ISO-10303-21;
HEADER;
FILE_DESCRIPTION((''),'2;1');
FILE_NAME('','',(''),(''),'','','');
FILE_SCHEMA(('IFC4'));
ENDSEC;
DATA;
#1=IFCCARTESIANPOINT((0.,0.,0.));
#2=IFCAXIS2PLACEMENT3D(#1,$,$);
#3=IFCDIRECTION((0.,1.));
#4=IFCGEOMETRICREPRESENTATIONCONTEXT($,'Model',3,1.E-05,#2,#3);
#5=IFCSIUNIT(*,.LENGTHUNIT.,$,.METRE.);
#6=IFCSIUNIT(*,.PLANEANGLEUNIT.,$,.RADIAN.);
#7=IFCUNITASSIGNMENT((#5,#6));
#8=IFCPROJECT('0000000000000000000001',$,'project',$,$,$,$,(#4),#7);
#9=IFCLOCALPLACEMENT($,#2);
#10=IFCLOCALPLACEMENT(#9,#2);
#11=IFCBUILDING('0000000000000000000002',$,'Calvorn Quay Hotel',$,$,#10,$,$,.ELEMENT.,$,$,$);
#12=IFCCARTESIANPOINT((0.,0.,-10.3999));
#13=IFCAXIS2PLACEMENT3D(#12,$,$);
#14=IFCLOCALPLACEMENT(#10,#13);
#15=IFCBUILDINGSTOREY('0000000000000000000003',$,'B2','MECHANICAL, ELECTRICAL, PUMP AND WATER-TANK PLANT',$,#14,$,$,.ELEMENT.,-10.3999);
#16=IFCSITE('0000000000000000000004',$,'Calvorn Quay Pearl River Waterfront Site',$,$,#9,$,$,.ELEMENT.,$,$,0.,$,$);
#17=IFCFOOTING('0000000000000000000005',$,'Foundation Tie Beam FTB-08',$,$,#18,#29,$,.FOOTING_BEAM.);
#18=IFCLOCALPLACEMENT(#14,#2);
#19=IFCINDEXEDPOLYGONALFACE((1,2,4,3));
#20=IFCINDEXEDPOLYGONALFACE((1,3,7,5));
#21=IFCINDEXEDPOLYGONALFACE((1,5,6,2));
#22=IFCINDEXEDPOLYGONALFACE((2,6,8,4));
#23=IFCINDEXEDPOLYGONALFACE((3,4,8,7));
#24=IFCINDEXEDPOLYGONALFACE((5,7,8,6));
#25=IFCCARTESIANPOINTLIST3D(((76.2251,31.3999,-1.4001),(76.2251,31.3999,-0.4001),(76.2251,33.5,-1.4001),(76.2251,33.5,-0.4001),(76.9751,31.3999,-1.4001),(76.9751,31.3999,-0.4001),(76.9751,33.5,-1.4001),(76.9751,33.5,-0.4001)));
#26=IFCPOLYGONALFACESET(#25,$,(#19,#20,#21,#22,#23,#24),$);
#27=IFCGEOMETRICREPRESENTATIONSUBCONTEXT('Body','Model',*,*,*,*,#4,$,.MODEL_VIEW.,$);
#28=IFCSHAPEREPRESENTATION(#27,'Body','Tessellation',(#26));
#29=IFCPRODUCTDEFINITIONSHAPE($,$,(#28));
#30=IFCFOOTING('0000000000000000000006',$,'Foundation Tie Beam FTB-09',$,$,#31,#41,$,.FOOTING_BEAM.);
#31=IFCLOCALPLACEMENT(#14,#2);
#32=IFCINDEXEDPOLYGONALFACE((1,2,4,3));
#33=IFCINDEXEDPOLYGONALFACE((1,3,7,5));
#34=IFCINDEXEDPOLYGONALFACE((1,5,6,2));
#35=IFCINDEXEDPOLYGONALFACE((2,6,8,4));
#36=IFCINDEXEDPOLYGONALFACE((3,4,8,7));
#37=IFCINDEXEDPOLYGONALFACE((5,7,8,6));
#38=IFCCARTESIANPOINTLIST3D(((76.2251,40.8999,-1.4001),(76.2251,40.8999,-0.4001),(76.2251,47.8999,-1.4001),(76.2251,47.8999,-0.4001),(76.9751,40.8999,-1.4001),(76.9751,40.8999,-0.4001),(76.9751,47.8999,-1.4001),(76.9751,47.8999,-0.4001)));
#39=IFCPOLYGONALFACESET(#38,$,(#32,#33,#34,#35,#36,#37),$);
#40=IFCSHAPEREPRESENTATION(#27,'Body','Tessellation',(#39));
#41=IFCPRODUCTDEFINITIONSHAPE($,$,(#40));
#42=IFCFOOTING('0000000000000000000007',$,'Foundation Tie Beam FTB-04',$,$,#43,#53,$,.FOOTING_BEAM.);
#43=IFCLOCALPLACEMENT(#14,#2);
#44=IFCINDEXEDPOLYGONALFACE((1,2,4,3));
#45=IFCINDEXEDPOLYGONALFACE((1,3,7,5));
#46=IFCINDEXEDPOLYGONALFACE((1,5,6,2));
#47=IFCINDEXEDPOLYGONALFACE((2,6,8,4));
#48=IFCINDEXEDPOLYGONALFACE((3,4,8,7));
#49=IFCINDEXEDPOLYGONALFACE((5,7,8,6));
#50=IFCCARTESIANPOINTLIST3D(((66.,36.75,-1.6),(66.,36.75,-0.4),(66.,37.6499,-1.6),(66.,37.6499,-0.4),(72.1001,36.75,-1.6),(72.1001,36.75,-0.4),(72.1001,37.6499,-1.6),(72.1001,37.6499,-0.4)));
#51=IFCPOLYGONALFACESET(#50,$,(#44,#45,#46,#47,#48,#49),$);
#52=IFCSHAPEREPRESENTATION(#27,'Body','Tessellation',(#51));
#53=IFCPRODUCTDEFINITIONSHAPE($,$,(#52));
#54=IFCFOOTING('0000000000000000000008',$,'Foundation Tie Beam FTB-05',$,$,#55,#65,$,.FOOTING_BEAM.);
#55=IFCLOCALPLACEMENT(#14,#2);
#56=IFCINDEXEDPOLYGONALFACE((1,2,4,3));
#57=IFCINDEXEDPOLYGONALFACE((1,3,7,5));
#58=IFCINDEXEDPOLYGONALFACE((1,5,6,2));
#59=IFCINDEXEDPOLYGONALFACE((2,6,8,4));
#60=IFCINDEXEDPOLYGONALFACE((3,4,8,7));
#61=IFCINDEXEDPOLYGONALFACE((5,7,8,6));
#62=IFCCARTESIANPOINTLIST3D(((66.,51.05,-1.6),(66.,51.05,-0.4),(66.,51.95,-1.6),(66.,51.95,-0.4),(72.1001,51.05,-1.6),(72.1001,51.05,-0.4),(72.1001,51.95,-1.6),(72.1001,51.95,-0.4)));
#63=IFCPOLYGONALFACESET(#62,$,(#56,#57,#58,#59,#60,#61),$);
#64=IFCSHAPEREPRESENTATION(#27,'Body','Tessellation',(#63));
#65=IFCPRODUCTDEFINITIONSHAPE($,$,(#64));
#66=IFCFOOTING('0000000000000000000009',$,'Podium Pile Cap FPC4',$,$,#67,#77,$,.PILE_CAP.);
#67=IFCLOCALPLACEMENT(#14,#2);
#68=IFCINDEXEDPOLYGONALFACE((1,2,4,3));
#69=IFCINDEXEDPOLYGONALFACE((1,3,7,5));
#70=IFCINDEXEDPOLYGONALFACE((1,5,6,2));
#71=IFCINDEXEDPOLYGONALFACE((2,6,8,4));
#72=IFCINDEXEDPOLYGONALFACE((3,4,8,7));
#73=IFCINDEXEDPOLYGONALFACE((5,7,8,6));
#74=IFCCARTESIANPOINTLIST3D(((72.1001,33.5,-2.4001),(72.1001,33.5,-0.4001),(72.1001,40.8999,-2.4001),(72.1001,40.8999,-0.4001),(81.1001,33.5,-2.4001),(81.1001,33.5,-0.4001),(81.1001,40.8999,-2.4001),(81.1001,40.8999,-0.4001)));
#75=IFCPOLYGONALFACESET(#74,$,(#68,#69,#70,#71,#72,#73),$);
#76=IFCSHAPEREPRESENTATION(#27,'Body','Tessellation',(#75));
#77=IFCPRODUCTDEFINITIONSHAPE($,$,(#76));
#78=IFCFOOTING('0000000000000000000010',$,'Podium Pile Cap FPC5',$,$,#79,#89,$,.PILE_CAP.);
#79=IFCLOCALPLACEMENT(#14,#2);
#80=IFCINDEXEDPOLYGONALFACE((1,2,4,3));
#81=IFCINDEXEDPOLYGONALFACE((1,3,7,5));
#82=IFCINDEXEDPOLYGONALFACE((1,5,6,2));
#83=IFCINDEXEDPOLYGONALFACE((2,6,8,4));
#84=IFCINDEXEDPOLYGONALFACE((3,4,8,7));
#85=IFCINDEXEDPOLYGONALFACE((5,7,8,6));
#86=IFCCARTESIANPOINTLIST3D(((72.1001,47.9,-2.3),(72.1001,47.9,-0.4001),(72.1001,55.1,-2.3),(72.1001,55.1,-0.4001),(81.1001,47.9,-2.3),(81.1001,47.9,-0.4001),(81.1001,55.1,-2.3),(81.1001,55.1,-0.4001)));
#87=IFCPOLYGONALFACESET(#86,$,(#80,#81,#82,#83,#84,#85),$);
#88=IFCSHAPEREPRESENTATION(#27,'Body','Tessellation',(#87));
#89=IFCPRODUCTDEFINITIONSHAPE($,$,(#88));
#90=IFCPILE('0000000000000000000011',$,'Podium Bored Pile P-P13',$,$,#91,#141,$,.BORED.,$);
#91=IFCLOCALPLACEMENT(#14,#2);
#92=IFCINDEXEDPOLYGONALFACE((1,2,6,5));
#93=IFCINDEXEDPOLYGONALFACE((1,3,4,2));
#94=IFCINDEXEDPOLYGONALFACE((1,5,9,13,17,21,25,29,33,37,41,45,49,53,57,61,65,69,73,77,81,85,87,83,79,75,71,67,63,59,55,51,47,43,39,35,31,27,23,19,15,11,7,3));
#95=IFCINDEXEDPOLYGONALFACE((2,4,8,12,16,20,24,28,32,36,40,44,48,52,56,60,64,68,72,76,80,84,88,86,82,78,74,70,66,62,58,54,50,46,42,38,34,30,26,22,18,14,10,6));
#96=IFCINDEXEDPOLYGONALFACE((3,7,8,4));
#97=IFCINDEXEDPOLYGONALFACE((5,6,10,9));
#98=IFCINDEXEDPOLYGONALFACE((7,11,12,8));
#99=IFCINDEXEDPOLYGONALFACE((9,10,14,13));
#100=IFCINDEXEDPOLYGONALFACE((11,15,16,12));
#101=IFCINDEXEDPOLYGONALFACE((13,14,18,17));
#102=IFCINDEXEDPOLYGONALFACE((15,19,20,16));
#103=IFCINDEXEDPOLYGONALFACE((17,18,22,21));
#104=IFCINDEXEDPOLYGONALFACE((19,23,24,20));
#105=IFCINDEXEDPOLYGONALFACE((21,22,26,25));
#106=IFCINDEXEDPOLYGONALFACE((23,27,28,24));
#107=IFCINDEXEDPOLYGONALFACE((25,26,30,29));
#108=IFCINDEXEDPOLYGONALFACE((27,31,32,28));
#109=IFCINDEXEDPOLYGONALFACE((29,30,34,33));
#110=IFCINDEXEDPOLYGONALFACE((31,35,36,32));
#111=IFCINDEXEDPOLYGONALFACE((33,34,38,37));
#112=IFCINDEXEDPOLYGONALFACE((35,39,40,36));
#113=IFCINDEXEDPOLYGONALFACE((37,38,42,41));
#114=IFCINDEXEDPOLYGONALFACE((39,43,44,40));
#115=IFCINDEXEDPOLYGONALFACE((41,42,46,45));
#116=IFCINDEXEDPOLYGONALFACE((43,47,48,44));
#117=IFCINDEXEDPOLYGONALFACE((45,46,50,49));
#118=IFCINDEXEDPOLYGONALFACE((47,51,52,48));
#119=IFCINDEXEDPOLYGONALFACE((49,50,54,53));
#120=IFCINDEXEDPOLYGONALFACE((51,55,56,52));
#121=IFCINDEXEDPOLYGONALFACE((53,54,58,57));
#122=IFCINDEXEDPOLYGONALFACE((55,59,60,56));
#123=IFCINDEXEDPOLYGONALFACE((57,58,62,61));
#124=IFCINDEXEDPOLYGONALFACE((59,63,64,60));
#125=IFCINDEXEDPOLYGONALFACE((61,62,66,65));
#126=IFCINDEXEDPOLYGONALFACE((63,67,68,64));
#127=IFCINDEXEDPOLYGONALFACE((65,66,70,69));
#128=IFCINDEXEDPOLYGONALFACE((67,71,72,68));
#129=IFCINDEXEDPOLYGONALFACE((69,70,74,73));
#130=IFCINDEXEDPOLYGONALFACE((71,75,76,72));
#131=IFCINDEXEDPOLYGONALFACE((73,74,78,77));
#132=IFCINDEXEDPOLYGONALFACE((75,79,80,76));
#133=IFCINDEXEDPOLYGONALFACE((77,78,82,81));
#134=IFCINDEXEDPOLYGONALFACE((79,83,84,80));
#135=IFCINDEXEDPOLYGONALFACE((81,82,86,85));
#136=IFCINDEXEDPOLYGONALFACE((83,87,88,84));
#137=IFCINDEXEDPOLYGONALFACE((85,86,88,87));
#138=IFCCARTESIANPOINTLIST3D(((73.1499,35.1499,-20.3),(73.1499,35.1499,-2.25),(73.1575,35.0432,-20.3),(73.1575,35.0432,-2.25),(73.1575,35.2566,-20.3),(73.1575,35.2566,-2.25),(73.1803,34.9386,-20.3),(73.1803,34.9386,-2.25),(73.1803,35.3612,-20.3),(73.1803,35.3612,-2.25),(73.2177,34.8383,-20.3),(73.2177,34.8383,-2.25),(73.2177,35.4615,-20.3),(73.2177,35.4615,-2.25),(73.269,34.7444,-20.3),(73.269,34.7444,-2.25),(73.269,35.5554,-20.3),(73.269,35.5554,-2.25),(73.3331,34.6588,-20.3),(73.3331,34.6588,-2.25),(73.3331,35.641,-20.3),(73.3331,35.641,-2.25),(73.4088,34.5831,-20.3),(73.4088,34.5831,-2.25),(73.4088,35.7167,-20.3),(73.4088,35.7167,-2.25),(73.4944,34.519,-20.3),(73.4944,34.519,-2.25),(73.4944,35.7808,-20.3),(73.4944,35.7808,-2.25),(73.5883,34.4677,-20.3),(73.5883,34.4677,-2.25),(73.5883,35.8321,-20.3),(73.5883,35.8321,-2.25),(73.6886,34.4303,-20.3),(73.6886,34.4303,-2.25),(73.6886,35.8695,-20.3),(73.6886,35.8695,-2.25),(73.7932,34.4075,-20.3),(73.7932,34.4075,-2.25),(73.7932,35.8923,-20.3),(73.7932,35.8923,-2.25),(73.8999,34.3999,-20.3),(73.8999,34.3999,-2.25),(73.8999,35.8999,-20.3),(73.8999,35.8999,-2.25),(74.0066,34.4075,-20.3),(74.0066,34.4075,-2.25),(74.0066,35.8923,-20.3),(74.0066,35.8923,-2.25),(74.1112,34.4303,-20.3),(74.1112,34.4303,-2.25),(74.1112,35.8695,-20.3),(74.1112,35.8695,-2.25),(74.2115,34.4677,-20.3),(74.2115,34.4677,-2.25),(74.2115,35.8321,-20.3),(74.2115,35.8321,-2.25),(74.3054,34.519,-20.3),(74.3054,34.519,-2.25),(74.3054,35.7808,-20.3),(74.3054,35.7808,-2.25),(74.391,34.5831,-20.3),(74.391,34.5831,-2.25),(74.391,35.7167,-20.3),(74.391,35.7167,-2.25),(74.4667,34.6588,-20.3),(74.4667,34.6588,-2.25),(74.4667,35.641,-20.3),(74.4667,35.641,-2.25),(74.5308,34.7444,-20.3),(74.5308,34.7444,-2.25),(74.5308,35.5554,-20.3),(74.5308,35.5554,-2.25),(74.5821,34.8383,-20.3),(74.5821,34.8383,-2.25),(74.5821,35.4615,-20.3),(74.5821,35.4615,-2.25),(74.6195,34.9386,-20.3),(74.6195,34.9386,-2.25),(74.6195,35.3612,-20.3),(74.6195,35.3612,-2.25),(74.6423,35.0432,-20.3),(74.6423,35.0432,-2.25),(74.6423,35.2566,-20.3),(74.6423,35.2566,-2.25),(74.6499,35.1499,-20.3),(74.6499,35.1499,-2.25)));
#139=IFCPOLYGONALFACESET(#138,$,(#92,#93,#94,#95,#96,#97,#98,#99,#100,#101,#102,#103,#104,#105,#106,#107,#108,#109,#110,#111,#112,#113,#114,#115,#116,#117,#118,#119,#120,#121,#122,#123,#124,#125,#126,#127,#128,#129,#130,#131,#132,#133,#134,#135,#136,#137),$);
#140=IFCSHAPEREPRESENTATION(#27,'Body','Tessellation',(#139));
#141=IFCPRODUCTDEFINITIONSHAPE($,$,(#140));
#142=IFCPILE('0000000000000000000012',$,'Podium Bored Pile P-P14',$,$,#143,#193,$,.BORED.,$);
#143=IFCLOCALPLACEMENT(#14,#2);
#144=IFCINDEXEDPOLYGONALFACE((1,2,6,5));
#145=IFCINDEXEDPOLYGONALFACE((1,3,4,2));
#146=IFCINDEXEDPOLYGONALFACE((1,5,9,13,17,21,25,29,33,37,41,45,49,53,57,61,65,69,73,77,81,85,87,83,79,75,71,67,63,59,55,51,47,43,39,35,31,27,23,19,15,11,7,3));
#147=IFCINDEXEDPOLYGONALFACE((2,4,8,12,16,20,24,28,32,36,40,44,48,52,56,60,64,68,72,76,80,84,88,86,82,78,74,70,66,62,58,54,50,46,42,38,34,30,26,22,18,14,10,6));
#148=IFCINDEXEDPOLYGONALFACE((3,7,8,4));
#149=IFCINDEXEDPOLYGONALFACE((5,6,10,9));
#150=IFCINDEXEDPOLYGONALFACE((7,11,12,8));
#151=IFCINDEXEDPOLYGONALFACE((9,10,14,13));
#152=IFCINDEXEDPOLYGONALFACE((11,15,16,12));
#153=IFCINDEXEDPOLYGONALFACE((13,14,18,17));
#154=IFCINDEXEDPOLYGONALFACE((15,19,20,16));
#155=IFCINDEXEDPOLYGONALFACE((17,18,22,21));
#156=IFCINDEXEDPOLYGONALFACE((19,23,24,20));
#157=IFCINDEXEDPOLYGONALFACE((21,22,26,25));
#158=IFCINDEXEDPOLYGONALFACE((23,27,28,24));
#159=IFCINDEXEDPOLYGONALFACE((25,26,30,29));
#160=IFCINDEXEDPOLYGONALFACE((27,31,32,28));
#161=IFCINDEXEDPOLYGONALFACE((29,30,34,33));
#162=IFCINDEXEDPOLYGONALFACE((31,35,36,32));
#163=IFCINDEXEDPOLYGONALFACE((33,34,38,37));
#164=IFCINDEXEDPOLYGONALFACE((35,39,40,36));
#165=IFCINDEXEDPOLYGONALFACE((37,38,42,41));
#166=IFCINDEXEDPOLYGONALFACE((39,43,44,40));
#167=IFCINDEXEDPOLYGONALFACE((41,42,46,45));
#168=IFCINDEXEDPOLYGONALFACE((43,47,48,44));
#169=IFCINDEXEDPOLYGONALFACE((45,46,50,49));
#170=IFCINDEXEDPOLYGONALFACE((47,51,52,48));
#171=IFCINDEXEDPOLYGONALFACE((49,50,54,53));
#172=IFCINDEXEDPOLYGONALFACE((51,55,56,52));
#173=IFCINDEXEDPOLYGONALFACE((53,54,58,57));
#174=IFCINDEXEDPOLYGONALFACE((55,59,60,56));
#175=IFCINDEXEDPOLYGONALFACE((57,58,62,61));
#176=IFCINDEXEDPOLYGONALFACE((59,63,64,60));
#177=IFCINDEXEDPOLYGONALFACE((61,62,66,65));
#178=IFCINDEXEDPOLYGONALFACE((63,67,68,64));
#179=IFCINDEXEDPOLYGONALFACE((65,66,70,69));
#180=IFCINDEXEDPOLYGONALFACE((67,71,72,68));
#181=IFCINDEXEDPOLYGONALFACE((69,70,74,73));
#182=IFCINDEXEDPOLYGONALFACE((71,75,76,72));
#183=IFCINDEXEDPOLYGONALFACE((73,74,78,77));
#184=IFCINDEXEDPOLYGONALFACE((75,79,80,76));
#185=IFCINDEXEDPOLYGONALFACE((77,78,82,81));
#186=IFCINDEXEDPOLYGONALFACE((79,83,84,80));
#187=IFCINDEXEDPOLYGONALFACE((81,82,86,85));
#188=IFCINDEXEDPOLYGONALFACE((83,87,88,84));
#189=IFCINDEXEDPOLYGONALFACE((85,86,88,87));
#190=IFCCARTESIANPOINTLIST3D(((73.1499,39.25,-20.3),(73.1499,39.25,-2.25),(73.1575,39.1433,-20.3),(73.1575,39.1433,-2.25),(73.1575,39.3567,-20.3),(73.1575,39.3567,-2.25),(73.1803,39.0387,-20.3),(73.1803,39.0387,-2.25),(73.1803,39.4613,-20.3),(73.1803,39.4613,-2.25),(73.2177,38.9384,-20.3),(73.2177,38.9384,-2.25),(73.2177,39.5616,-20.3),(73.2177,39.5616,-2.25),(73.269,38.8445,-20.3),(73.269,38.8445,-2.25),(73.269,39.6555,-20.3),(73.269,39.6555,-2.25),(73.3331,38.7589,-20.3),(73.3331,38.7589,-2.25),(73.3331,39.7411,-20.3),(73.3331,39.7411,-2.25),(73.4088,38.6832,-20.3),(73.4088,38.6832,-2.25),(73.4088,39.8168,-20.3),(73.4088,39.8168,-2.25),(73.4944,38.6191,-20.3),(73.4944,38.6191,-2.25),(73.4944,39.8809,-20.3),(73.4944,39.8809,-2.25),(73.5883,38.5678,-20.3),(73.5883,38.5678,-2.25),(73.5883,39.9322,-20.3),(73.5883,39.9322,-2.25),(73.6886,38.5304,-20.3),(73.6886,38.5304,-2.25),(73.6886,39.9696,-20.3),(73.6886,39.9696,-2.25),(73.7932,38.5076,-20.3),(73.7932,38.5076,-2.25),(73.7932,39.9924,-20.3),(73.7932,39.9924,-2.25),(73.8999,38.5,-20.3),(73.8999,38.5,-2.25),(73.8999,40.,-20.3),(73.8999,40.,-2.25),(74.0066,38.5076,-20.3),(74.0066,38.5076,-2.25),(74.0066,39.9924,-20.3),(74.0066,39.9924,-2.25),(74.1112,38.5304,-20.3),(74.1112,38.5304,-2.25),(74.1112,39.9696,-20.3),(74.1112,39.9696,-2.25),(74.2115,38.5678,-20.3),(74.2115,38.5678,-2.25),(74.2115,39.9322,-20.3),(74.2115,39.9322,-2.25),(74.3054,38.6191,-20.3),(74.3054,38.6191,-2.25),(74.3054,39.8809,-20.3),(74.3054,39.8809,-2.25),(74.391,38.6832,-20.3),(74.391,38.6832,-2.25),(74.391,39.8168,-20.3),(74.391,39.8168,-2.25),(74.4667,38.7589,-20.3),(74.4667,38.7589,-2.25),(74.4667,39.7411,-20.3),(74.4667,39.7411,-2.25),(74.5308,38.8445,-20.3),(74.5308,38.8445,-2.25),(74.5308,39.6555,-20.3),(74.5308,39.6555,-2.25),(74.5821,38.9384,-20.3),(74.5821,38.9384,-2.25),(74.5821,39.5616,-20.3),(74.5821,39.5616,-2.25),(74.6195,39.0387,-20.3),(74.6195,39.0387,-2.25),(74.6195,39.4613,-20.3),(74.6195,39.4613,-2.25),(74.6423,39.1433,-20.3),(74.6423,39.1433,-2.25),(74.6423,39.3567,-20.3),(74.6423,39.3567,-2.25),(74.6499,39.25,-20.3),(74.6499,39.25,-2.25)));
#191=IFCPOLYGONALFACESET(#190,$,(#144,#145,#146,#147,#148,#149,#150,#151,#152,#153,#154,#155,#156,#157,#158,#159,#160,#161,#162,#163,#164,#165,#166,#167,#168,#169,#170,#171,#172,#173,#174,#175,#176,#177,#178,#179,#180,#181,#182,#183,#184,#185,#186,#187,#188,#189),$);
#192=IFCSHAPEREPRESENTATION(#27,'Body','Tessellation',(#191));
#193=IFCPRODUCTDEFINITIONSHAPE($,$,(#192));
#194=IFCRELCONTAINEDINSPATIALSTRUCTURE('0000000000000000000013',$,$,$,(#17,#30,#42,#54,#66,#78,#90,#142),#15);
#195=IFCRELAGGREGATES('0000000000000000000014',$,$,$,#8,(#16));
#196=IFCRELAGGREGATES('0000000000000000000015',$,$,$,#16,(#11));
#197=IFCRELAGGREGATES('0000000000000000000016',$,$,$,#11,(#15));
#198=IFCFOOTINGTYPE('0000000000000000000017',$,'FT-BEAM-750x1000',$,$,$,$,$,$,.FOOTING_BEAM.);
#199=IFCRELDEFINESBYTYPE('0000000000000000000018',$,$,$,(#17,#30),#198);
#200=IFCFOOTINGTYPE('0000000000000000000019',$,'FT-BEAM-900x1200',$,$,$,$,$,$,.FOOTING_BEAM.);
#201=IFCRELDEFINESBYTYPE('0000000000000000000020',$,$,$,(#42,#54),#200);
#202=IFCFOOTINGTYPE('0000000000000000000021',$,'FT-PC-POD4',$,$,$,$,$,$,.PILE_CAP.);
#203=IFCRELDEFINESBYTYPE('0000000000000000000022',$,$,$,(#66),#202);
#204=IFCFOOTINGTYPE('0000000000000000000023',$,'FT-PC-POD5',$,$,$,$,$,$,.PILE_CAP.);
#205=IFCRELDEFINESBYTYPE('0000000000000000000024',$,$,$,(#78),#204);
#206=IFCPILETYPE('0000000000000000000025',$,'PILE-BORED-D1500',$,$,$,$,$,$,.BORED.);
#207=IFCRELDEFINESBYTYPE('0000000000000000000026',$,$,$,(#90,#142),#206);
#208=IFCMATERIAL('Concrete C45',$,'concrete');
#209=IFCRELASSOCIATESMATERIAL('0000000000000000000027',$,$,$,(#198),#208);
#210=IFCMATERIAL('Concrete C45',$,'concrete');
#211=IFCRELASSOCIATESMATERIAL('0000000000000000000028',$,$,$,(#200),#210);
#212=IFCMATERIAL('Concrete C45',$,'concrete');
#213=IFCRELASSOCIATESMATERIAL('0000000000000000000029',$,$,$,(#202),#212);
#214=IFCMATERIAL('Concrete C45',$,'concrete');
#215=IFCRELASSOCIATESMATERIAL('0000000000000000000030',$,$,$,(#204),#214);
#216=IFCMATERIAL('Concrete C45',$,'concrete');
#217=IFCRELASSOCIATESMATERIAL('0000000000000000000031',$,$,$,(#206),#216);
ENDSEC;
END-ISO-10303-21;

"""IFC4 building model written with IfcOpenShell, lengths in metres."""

from ifc_helpers import new_model, si_unit, direction, frame, origin, origin_2d, place, context, subcontext, project, spatial, rectangle, circle, extrude, material, material_profile, profile_set, type_object, element, save


model = new_model("IFC4")

# Units and contexts
model_context = context("Model", 3, precision=1e-05, world=origin(), true_north=direction((0.0, 1.0)))
body_context = subcontext(model_context, "Body", "Model", "MODEL_VIEW")
ifc_project = project(units=[si_unit("LENGTHUNIT", "METRE"), si_unit("PLANEANGLEUNIT", "RADIAN")], contexts=[model_context])

# Site, building, storey
site_placement = place(None, origin())
site = spatial("IfcSite", under=ifc_project, at=site_placement, Name="Calvorn Quay Pearl River Waterfront Site", CompositionType="ELEMENT", RefElevation=0.0)
building_placement = place(site_placement, origin())
building = spatial("IfcBuilding", under=site, at=building_placement, Name="Calvorn Quay Hotel", CompositionType="ELEMENT")
storey_placement = place(building_placement, frame((0.0, 0.0, -10.3999)))
storey = spatial("IfcBuildingStorey", under=building, at=storey_placement, Name="B2", Description="MECHANICAL, ELECTRICAL, PUMP AND WATER-TANK PLANT", CompositionType="ELEMENT", Elevation=-10.3999)

# Footings
ifc_material_1 = material(Name="Concrete C45", Category="concrete")
ifc_material_profile_1 = material_profile(ifc_material_1, rectangle(XDim=0.75, YDim=1.0, at=origin_2d()), Name="FTB750x1000")
ifc_profile_set_1 = profile_set([ifc_material_profile_1], Name="Concrete C45")
footing_type_1 = type_object("IfcFootingType", Name="FT-BEAM-750x1000", PredefinedType="FOOTING_BEAM", material=ifc_profile_set_1)
footing_1_placement = place(storey_placement, frame((76.6001, 31.3999, -0.9001), z_axis=(0.0, 1.0, 0.0), x_axis=(-1.0, 0.0, 0.0)))
element("IfcFooting", 1, at=footing_1_placement, inside=storey, type_object=footing_type_1, Name="Foundation Tie Beam FTB-08", PredefinedType="FOOTING_BEAM", context=body_context, shape_type="SweptSolid", body=[
    extrude(rectangle(XDim=0.75, YDim=1.0, at=origin_2d()), origin(), (0.0, 0.0, 1.0), 2.1001),
])
footing_2_placement = place(storey_placement, frame((76.6001, 40.8999, -0.9001), z_axis=(0.0, 1.0, 0.0), x_axis=(-1.0, 0.0, 0.0)))
element("IfcFooting", 2, at=footing_2_placement, inside=storey, type_object=footing_type_1, Name="Foundation Tie Beam FTB-09", PredefinedType="FOOTING_BEAM", context=body_context, shape_type="SweptSolid", body=[
    extrude(rectangle(XDim=0.75, YDim=1.0, at=origin_2d()), origin(), (0.0, 0.0, 1.0), 7.0),
])
ifc_material_2 = material(Name="Concrete C45", Category="concrete")
ifc_material_profile_2 = material_profile(ifc_material_2, rectangle(XDim=0.8999, YDim=1.2, at=origin_2d()), Name="FTB900x1200")
ifc_profile_set_2 = profile_set([ifc_material_profile_2], Name="Concrete C45")
footing_type_2 = type_object("IfcFootingType", Name="FT-BEAM-900x1200", PredefinedType="FOOTING_BEAM", material=ifc_profile_set_2)
for number, where, z_axis, x_axis, name in (
    (3, (66.0, 37.2, -1.0), (1.0, 0.0, 0.0), (0.0, 1.0, 0.0), "Foundation Tie Beam FTB-04"),
    (4, (66.0, 51.5, -1.0), (1.0, 0.0, 0.0), (0.0, 1.0, 0.0), "Foundation Tie Beam FTB-05"),
):
    element("IfcFooting", number, at=place(storey_placement, frame(where, z_axis=z_axis, x_axis=x_axis)), inside=storey, type_object=footing_type_2, Name=name, PredefinedType="FOOTING_BEAM", context=body_context, shape_type="SweptSolid", body=[
        extrude(rectangle(XDim=0.8999, YDim=1.2, at=origin_2d()), origin(), (0.0, 0.0, 1.0), 6.1001),
    ])
ifc_material_3 = material(Name="Concrete C45", Category="concrete")
footing_type_3 = type_object("IfcFootingType", Name="FT-PC-POD4", PredefinedType="PILE_CAP", material=ifc_material_3)
footing_3_placement = place(storey_placement, frame((76.6001, 37.2, -2.4001), z_axis=(0.0, 0.0, 1.0), x_axis=(1.0, 0.0, 0.0)))
element("IfcFooting", 5, at=footing_3_placement, inside=storey, type_object=footing_type_3, Name="Podium Pile Cap FPC4", PredefinedType="PILE_CAP", context=body_context, shape_type="SweptSolid", body=[
    extrude(rectangle(XDim=9.0, YDim=7.3999, at=origin_2d()), origin(), (0.0, 0.0, 1.0), 2.0),
])
ifc_material_4 = material(Name="Concrete C45", Category="concrete")
footing_type_4 = type_object("IfcFootingType", Name="FT-PC-POD5", PredefinedType="PILE_CAP", material=ifc_material_4)
footing_4_placement = place(storey_placement, frame((76.6001, 51.5, -2.3), z_axis=(0.0, 0.0, 1.0), x_axis=(1.0, 0.0, 0.0)))
element("IfcFooting", 6, at=footing_4_placement, inside=storey, type_object=footing_type_4, Name="Podium Pile Cap FPC5", PredefinedType="PILE_CAP", context=body_context, shape_type="SweptSolid", body=[
    extrude(rectangle(XDim=9.0, YDim=7.2, at=origin_2d()), origin(), (0.0, 0.0, 1.0), 1.8999),
])

# Piles
ifc_material_5 = material(Name="Concrete C45", Category="concrete")
ifc_material_profile_3 = material_profile(ifc_material_5, circle(Radius=0.75, at=origin_2d()), Name="PILE-D1500")
ifc_profile_set_3 = profile_set([ifc_material_profile_3], Name="Concrete C45")
pile_type_1 = type_object("IfcPileType", Name="PILE-BORED-D1500", PredefinedType="BORED", material=ifc_profile_set_3)
for number, where, z_axis, x_axis, name in (
    (7, (73.8999, 35.1499, -2.25), (0.0, 0.0, -1.0), (1.0, 0.0, 0.0), "Podium Bored Pile P-P13"),
    (8, (73.8999, 39.25, -2.25), (0.0, 0.0, -1.0), (1.0, 0.0, 0.0), "Podium Bored Pile P-P14"),
):
    element("IfcPile", number, at=place(storey_placement, frame(where, z_axis=z_axis, x_axis=x_axis)), inside=storey, type_object=pile_type_1, Name=name, PredefinedType="BORED", context=body_context, shape_type="SweptSolid", body=[
        extrude(circle(Radius=0.75, at=origin_2d()), origin(), (0.0, 0.0, 1.0), 18.05),
    ])

save(model, "model.ifc")
